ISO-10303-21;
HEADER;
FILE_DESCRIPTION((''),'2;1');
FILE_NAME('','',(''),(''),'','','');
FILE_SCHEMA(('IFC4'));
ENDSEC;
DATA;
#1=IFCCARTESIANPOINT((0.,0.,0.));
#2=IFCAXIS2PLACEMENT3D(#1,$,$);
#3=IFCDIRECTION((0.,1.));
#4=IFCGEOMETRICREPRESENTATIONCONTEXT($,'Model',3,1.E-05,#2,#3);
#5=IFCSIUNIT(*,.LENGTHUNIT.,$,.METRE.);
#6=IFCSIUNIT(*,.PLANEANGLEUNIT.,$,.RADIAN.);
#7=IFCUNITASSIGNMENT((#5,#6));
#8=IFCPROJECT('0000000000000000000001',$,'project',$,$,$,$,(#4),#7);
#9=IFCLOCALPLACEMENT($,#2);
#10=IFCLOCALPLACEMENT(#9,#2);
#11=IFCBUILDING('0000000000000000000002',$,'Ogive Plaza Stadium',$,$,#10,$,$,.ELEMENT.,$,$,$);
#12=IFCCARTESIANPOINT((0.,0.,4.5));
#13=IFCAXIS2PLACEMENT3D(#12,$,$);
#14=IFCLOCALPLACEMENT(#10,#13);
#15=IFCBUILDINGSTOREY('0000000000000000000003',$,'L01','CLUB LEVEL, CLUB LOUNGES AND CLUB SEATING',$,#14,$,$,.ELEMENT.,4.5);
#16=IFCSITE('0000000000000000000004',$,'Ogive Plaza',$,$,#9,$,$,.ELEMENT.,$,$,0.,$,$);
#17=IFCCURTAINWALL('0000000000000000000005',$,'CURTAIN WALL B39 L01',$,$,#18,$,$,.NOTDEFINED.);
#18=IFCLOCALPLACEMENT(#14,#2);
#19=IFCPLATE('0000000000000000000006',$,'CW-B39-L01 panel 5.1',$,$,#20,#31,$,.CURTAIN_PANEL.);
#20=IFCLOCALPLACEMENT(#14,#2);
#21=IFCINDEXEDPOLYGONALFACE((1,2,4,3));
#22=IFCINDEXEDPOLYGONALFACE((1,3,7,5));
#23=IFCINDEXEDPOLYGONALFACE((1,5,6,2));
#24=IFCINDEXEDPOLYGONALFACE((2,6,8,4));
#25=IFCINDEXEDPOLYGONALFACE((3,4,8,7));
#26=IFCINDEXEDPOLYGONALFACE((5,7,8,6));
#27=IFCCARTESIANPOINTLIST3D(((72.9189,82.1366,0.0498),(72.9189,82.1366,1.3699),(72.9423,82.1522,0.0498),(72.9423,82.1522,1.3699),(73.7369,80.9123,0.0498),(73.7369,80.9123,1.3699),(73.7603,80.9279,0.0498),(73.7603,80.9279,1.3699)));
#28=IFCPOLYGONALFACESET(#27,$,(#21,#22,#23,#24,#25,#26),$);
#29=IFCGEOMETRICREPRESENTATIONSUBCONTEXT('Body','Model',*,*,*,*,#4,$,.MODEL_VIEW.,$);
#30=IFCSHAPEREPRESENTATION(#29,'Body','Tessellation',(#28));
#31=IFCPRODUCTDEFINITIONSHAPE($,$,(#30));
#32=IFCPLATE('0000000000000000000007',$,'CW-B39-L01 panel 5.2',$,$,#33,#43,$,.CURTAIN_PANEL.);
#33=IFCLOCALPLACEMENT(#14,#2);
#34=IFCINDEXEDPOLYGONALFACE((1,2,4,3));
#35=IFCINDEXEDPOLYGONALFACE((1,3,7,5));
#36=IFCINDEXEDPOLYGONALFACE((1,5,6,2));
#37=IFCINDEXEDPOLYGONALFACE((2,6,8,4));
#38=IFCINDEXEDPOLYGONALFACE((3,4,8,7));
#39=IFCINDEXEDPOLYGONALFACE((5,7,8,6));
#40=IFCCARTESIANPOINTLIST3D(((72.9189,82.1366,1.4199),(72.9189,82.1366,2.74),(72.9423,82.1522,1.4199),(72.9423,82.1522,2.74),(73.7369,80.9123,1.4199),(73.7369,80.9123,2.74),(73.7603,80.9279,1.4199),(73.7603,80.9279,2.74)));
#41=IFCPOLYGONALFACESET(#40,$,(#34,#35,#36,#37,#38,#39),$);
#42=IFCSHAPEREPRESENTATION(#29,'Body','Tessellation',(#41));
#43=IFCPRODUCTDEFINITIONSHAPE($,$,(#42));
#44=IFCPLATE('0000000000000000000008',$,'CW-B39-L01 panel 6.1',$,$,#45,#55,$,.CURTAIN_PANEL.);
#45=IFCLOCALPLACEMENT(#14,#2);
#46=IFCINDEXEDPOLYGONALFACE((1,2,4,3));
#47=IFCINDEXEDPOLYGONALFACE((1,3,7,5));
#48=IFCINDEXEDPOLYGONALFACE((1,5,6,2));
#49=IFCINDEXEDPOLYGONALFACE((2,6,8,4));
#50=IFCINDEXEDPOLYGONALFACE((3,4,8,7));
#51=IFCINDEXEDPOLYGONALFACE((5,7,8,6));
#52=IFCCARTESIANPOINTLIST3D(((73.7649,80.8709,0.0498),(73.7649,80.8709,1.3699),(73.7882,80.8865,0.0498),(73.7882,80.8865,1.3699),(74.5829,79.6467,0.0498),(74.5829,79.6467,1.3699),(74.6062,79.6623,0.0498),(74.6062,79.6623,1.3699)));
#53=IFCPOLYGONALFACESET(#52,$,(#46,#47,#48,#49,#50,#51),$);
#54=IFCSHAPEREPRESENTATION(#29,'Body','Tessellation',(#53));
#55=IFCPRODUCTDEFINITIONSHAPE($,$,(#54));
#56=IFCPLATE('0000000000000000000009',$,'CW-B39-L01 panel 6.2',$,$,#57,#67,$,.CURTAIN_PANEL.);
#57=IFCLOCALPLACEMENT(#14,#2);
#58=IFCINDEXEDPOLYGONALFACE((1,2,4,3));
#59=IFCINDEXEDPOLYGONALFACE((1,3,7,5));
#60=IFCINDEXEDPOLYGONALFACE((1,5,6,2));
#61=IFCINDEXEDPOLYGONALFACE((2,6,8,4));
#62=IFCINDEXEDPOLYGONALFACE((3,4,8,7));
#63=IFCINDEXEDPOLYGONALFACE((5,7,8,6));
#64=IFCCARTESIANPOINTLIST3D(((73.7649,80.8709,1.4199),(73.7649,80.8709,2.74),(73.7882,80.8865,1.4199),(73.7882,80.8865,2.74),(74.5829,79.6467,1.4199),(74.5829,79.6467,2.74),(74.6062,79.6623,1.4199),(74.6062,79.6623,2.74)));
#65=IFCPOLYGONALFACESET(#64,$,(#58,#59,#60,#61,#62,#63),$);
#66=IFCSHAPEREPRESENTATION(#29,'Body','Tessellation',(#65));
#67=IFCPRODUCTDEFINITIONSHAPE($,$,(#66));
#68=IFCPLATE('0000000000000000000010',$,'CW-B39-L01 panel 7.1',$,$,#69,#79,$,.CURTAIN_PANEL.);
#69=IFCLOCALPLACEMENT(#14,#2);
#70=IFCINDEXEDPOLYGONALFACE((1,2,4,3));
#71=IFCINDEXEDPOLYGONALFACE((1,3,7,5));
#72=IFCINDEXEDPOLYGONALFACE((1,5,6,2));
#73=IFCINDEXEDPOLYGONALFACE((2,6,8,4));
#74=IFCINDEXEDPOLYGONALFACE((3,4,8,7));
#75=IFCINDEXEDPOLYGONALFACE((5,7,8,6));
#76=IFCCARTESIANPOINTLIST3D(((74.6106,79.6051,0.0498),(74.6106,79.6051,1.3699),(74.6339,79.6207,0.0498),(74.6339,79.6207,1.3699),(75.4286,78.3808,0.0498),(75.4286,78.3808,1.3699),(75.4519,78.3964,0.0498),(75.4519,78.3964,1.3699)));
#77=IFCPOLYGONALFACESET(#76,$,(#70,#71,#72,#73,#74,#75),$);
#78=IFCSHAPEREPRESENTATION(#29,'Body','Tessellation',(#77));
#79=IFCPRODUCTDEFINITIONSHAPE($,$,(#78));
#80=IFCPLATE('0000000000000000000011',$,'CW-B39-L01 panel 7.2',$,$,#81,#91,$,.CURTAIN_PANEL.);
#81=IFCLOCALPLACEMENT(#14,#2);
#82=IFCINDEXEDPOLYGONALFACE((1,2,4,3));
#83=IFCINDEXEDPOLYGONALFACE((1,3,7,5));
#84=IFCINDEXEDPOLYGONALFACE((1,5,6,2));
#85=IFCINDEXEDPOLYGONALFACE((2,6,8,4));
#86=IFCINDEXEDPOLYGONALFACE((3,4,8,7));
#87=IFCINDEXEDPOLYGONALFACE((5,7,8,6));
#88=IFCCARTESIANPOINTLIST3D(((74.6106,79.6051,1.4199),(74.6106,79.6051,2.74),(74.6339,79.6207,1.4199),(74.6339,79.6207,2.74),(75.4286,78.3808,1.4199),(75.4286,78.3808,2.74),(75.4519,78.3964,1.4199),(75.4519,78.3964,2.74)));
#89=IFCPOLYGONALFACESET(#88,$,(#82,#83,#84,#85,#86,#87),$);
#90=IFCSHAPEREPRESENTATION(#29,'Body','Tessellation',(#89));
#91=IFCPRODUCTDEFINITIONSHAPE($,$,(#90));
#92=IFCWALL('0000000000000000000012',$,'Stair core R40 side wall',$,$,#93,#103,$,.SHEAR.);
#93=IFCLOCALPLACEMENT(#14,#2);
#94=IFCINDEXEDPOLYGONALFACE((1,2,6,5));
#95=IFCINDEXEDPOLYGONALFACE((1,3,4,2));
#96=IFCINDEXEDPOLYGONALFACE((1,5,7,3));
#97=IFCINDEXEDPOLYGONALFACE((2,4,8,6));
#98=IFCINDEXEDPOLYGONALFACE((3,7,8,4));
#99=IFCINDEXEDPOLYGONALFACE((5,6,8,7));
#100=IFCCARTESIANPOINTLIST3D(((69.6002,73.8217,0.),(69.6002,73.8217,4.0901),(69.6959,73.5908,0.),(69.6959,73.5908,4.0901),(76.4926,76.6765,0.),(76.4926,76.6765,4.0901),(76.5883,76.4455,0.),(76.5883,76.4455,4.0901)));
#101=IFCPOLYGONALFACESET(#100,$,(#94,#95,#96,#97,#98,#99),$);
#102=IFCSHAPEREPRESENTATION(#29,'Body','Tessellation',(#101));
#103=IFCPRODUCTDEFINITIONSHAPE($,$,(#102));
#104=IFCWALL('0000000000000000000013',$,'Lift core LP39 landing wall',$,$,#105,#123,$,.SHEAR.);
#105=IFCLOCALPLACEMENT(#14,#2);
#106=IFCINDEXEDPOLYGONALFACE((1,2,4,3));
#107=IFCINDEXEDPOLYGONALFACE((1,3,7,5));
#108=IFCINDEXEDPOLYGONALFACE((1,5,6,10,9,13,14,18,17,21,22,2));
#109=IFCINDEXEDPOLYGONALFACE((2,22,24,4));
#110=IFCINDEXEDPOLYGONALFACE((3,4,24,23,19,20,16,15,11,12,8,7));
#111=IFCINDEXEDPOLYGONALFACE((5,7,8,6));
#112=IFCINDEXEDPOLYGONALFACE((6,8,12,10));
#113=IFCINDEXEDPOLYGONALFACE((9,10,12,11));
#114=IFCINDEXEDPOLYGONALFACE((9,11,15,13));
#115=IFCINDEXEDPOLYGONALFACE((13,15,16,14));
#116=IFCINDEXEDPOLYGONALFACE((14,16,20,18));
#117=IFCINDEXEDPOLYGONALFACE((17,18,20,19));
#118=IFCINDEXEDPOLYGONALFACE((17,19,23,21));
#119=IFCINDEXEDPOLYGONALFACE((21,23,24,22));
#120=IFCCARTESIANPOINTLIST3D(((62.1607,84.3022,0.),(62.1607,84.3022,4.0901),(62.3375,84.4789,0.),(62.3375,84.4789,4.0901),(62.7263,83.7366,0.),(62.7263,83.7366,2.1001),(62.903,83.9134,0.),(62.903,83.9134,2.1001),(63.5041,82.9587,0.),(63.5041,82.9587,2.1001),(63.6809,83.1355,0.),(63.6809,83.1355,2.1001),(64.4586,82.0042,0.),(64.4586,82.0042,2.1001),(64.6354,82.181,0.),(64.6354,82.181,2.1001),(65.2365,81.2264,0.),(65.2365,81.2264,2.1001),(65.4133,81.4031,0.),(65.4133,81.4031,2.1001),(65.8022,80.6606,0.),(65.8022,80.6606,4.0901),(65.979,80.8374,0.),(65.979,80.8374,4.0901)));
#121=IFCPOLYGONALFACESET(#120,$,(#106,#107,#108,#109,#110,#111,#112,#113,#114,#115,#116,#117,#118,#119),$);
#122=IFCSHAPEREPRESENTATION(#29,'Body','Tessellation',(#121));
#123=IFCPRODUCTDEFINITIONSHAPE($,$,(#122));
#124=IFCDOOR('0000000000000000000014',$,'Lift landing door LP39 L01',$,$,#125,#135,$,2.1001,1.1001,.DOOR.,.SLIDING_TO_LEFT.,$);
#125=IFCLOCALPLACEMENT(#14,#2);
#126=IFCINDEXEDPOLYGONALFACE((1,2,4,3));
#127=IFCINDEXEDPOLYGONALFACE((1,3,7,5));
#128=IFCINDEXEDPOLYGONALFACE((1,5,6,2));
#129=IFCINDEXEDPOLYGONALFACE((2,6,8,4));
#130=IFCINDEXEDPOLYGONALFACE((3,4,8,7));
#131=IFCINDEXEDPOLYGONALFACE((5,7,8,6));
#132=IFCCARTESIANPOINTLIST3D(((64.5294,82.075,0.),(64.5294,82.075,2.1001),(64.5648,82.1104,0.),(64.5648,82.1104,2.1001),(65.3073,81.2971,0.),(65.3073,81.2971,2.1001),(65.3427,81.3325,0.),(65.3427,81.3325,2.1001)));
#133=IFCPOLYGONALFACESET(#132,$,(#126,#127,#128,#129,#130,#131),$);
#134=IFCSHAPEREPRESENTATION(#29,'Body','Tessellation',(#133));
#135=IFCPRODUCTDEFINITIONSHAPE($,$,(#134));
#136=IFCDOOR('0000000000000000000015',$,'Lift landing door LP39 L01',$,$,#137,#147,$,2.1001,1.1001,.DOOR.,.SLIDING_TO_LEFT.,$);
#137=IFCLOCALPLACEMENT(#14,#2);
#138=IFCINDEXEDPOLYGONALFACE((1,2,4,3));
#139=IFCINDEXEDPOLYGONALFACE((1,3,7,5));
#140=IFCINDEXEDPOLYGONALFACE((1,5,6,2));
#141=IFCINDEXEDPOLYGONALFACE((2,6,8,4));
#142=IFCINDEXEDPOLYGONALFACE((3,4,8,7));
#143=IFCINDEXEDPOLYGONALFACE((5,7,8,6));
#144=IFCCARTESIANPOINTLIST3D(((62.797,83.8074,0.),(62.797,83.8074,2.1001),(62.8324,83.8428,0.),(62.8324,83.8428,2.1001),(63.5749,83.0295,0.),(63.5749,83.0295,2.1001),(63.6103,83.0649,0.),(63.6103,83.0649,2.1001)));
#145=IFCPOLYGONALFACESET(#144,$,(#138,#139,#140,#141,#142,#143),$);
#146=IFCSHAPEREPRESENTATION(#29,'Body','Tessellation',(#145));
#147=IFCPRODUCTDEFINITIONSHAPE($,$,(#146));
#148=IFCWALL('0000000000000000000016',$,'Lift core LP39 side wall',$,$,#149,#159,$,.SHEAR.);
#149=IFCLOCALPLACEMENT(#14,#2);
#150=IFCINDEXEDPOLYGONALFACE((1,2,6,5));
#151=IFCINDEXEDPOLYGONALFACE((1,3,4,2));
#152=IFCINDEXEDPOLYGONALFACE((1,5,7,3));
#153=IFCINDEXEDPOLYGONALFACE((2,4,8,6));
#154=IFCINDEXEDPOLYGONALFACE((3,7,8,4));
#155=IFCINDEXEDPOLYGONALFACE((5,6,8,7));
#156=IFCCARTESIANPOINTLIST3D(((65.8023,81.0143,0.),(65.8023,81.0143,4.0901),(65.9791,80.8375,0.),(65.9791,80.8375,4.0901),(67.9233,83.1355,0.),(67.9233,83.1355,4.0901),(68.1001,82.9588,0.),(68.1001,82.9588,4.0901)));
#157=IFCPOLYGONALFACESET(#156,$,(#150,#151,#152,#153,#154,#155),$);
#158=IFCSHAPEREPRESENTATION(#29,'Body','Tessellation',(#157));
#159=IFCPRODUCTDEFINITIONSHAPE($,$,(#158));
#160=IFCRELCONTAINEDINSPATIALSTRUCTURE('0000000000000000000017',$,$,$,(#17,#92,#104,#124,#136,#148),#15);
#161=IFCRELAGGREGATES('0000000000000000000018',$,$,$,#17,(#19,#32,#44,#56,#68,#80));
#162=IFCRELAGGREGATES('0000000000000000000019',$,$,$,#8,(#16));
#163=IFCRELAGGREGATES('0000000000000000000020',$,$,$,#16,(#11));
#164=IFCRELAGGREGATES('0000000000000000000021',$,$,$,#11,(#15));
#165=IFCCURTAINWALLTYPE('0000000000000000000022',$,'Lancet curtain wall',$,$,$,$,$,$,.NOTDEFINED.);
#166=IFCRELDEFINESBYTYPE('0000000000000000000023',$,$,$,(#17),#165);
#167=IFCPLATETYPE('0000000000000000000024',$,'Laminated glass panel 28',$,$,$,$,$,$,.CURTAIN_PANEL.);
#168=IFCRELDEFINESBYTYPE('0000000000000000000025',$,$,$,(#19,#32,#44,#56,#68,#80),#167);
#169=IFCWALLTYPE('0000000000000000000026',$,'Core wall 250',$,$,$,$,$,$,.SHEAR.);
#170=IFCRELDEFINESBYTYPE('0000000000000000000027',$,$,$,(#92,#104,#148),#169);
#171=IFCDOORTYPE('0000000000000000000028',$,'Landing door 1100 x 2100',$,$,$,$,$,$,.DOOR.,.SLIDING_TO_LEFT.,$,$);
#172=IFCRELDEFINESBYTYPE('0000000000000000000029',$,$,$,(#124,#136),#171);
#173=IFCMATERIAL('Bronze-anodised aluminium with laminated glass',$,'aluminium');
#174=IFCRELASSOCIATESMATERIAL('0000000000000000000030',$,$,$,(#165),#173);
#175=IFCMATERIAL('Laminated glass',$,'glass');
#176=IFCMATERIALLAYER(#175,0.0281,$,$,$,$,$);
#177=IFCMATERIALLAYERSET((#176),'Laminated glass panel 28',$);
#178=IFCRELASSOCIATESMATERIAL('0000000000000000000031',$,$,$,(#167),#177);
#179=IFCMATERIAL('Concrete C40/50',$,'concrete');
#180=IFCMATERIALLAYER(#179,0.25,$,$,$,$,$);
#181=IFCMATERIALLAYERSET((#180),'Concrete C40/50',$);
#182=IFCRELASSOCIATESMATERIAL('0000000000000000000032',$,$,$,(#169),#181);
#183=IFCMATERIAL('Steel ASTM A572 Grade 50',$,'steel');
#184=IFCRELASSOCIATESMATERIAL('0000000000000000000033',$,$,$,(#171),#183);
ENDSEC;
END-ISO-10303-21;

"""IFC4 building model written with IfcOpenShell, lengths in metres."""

from ifc_helpers import new_model, si_unit, direction, frame, frame_2d, origin, origin_2d, place, context, subcontext, project, spatial, rectangle, extrude, material, layer, layer_set, type_object, element, fill, aggregate, save


model = new_model("IFC4")

# Units and contexts
model_context = context("Model", 3, precision=1e-05, world=origin(), true_north=direction((0.0, 1.0)))
body_context = subcontext(model_context, "Body", "Model", "MODEL_VIEW")
ifc_project = project(units=[si_unit("LENGTHUNIT", "METRE"), si_unit("PLANEANGLEUNIT", "RADIAN")], contexts=[model_context])

# Site, building, storey
site_placement = place(None, origin())
site = spatial("IfcSite", under=ifc_project, at=site_placement, Name="Ogive Plaza", CompositionType="ELEMENT", RefElevation=0.0)
building_placement = place(site_placement, origin())
building = spatial("IfcBuilding", under=site, at=building_placement, Name="Ogive Plaza Stadium", CompositionType="ELEMENT")
storey_placement = place(building_placement, frame((0.0, 0.0, 4.5)))
storey = spatial("IfcBuildingStorey", under=building, at=storey_placement, Name="L01", Description="CLUB LEVEL, CLUB LOUNGES AND CLUB SEATING", CompositionType="ELEMENT", Elevation=4.5)

# Curtain wall
ifc_material_1 = material(Name="Bronze-anodised aluminium with laminated glass", Category="aluminium")
curtain_wall_type = type_object("IfcCurtainWallType", Name="Lancet curtain wall", PredefinedType="NOTDEFINED", material=ifc_material_1)
curtain_wall_placement = place(storey_placement, origin())
curtain_wall = element("IfcCurtainWall", 1, at=curtain_wall_placement, inside=storey, type_object=curtain_wall_type, Name="CURTAIN WALL B39 L01", PredefinedType="NOTDEFINED")

# Plates
ifc_material_2 = material(Name="Laminated glass", Category="glass")
ifc_layer_1 = layer(ifc_material_2, 0.0281)
ifc_layer_set_1 = layer_set([ifc_layer_1], Name="Laminated glass panel 28")
plate_type = type_object("IfcPlateType", Name="Laminated glass panel 28", PredefinedType="CURTAIN_PANEL", material=ifc_layer_set_1)
plate_1_placement = place(storey_placement, frame((73.3396, 81.5322, 0.0498), z_axis=(0.0, 0.0, 1.0), x_axis=(0.55557, -0.83147, 0.0)))
plate_1 = element("IfcPlate", 2, at=plate_1_placement, type_object=plate_type, Name="CW-B39-L01 panel 5.1", PredefinedType="CURTAIN_PANEL", context=body_context, shape_type="SweptSolid", body=[
    extrude(rectangle(XDim=1.4724, YDim=0.0281, at=origin_2d()), origin(), (0.0, 0.0, 1.0), 1.3201),
])
plate_2_placement = place(storey_placement, frame((73.3396, 81.5322, 1.4199), z_axis=(0.0, 0.0, 1.0), x_axis=(0.55557, -0.83147, 0.0)))
plate_2 = element("IfcPlate", 3, at=plate_2_placement, type_object=plate_type, Name="CW-B39-L01 panel 5.2", PredefinedType="CURTAIN_PANEL", context=body_context, shape_type="SweptSolid", body=[
    extrude(rectangle(XDim=1.4724, YDim=0.0281, at=origin_2d()), origin(), (0.0, 0.0, 1.0), 1.3201),
])
plate_3_placement = place(storey_placement, frame((74.1855, 80.2666, 0.0498), z_axis=(0.0, 0.0, 1.0), x_axis=(0.55557, -0.83147, 0.0)))
plate_3 = element("IfcPlate", 4, at=plate_3_placement, type_object=plate_type, Name="CW-B39-L01 panel 6.1", PredefinedType="CURTAIN_PANEL", context=body_context, shape_type="SweptSolid", body=[
    extrude(rectangle(XDim=1.4724, YDim=0.0281, at=origin_2d()), origin(), (0.0, 0.0, 1.0), 1.3201),
])
plate_4_placement = place(storey_placement, frame((74.1855, 80.2666, 1.4199), z_axis=(0.0, 0.0, 1.0), x_axis=(0.55557, -0.83147, 0.0)))
plate_4 = element("IfcPlate", 5, at=plate_4_placement, type_object=plate_type, Name="CW-B39-L01 panel 6.2", PredefinedType="CURTAIN_PANEL", context=body_context, shape_type="SweptSolid", body=[
    extrude(rectangle(XDim=1.4724, YDim=0.0281, at=origin_2d()), origin(), (0.0, 0.0, 1.0), 1.3201),
])
plate_5_placement = place(storey_placement, frame((75.0312, 79.0007, 0.0498), z_axis=(0.0, 0.0, 1.0), x_axis=(0.55557, -0.83147, 0.0)))
plate_5 = element("IfcPlate", 6, at=plate_5_placement, type_object=plate_type, Name="CW-B39-L01 panel 7.1", PredefinedType="CURTAIN_PANEL", context=body_context, shape_type="SweptSolid", body=[
    extrude(rectangle(XDim=1.4724, YDim=0.0281, at=origin_2d()), origin(), (0.0, 0.0, 1.0), 1.3201),
])
plate_6_placement = place(storey_placement, frame((75.0312, 79.0007, 1.4199), z_axis=(0.0, 0.0, 1.0), x_axis=(0.55557, -0.83147, 0.0)))
plate_6 = element("IfcPlate", 7, at=plate_6_placement, type_object=plate_type, Name="CW-B39-L01 panel 7.2", PredefinedType="CURTAIN_PANEL", context=body_context, shape_type="SweptSolid", body=[
    extrude(rectangle(XDim=1.4724, YDim=0.0281, at=origin_2d()), origin(), (0.0, 0.0, 1.0), 1.3201),
])
aggregate(curtain_wall, [plate_1, plate_2, plate_3, plate_4, plate_5, plate_6])

# Wall
ifc_material_3 = material(Name="Concrete C40/50", Category="concrete")
ifc_layer_2 = layer(ifc_material_3, 0.25)
ifc_layer_set_2 = layer_set([ifc_layer_2], Name="Concrete C40/50")
wall_type_1 = type_object("IfcWallType", Name="Core wall 250", PredefinedType="SHEAR", material=ifc_layer_set_2)
wall_1_placement = place(storey_placement, frame((69.6482, 73.7063, 0.0), z_axis=(0.0, 0.0, 1.0), x_axis=(0.923887, 0.382665, 0.0)))
element("IfcWall", 8, at=wall_1_placement, inside=storey, type_object=wall_type_1, Name="Stair core R40 side wall", PredefinedType="SHEAR", context=body_context, shape_type="SweptSolid", body=[
    extrude(rectangle(XDim=7.4602, YDim=0.25, at=frame_2d((3.73, 0.0))), origin(), (0.0, 0.0, 1.0), 4.0901),
])

# Wall, openings, doors
wall_2_placement = place(storey_placement, frame((65.8906, 80.749, 0.0), z_axis=(0.0, 0.0, 1.0), x_axis=(-0.707107, 0.707107, 0.0)))
wall_2 = element("IfcWall", 9, at=wall_2_placement, inside=storey, type_object=wall_type_1, Name="Lift core LP39 landing wall", PredefinedType="SHEAR", context=body_context, shape_type="SweptSolid", body=[
    extrude(rectangle(XDim=5.1499, YDim=0.25, at=frame_2d((2.575, 0.0))), origin(), (0.0, 0.0, 1.0), 4.0901),
])
opening_1_placement = place(wall_2_placement, frame((0.8, 0.0, 0.0)))
opening_1 = element("IfcOpeningElement", 10, at=opening_1_placement, cuts=wall_2, PredefinedType="OPENING", context=body_context, shape_type="SweptSolid", body=[
    extrude(rectangle(XDim=1.1001, YDim=2.1001, at=frame_2d((0.55, 1.05))), frame((0.0, 0.125, 0.0), z_axis=(0.0, -1.0, 0.0), x_axis=(1.0, 0.0, 0.0)), (0.0, 0.0, 1.0), 0.25),
])
opening_2_placement = place(wall_2_placement, frame((3.25, 0.0, 0.0)))
opening_2 = element("IfcOpeningElement", 11, at=opening_2_placement, cuts=wall_2, PredefinedType="OPENING", context=body_context, shape_type="SweptSolid", body=[
    extrude(rectangle(XDim=1.1001, YDim=2.1001, at=frame_2d((0.55, 1.05))), frame((0.0, 0.125, 0.0), z_axis=(0.0, -1.0, 0.0), x_axis=(1.0, 0.0, 0.0)), (0.0, 0.0, 1.0), 0.25),
])
ifc_material_4 = material(Name="Steel ASTM A572 Grade 50", Category="steel")
door_type_1 = type_object("IfcDoorType", Name="Landing door 1100 x 2100", OperationType="SLIDING_TO_LEFT", PredefinedType="DOOR", material=ifc_material_4)
door_1_placement = place(opening_1_placement, origin())
door_1 = element("IfcDoor", 12, at=door_1_placement, inside=storey, type_object=door_type_1, Name="Lift landing door LP39 L01", OperationType="SLIDING_TO_LEFT", OverallHeight=2.1001, OverallWidth=1.1001, PredefinedType="DOOR", context=body_context, shape_type="SweptSolid", body=[
    extrude(rectangle(XDim=1.1001, YDim=2.1001, at=frame_2d((0.55, 1.05))), frame((0.0, 0.0249, 0.0), z_axis=(0.0, -1.0, 0.0), x_axis=(1.0, 0.0, 0.0)), (0.0, 0.0, 1.0), 0.05),
])
fill(opening_1, door_1)
door_2_placement = place(opening_2_placement, origin())
door_2 = element("IfcDoor", 13, at=door_2_placement, inside=storey, type_object=door_type_1, Name="Lift landing door LP39 L01", OperationType="SLIDING_TO_LEFT", OverallHeight=2.1001, OverallWidth=1.1001, PredefinedType="DOOR", context=body_context, shape_type="SweptSolid", body=[
    extrude(rectangle(XDim=1.1001, YDim=2.1001, at=frame_2d((0.55, 1.05))), frame((0.0, 0.0249, 0.0), z_axis=(0.0, -1.0, 0.0), x_axis=(1.0, 0.0, 0.0)), (0.0, 0.0, 1.0), 0.05),
])
fill(opening_2, door_2)

# Wall
wall_3_placement = place(storey_placement, frame((65.8906, 80.9258, 0.0), z_axis=(0.0, 0.0, 1.0), x_axis=(0.707066, 0.707147, 0.0)))
element("IfcWall", 14, at=wall_3_placement, inside=storey, type_object=wall_type_1, Name="Lift core LP39 side wall", PredefinedType="SHEAR", context=body_context, shape_type="SweptSolid", body=[
    extrude(rectangle(XDim=2.9998, YDim=0.25, at=frame_2d((1.5, 0.0))), origin(), (0.0, 0.0, 1.0), 4.0901),
])

save(model, "model.ifc")
